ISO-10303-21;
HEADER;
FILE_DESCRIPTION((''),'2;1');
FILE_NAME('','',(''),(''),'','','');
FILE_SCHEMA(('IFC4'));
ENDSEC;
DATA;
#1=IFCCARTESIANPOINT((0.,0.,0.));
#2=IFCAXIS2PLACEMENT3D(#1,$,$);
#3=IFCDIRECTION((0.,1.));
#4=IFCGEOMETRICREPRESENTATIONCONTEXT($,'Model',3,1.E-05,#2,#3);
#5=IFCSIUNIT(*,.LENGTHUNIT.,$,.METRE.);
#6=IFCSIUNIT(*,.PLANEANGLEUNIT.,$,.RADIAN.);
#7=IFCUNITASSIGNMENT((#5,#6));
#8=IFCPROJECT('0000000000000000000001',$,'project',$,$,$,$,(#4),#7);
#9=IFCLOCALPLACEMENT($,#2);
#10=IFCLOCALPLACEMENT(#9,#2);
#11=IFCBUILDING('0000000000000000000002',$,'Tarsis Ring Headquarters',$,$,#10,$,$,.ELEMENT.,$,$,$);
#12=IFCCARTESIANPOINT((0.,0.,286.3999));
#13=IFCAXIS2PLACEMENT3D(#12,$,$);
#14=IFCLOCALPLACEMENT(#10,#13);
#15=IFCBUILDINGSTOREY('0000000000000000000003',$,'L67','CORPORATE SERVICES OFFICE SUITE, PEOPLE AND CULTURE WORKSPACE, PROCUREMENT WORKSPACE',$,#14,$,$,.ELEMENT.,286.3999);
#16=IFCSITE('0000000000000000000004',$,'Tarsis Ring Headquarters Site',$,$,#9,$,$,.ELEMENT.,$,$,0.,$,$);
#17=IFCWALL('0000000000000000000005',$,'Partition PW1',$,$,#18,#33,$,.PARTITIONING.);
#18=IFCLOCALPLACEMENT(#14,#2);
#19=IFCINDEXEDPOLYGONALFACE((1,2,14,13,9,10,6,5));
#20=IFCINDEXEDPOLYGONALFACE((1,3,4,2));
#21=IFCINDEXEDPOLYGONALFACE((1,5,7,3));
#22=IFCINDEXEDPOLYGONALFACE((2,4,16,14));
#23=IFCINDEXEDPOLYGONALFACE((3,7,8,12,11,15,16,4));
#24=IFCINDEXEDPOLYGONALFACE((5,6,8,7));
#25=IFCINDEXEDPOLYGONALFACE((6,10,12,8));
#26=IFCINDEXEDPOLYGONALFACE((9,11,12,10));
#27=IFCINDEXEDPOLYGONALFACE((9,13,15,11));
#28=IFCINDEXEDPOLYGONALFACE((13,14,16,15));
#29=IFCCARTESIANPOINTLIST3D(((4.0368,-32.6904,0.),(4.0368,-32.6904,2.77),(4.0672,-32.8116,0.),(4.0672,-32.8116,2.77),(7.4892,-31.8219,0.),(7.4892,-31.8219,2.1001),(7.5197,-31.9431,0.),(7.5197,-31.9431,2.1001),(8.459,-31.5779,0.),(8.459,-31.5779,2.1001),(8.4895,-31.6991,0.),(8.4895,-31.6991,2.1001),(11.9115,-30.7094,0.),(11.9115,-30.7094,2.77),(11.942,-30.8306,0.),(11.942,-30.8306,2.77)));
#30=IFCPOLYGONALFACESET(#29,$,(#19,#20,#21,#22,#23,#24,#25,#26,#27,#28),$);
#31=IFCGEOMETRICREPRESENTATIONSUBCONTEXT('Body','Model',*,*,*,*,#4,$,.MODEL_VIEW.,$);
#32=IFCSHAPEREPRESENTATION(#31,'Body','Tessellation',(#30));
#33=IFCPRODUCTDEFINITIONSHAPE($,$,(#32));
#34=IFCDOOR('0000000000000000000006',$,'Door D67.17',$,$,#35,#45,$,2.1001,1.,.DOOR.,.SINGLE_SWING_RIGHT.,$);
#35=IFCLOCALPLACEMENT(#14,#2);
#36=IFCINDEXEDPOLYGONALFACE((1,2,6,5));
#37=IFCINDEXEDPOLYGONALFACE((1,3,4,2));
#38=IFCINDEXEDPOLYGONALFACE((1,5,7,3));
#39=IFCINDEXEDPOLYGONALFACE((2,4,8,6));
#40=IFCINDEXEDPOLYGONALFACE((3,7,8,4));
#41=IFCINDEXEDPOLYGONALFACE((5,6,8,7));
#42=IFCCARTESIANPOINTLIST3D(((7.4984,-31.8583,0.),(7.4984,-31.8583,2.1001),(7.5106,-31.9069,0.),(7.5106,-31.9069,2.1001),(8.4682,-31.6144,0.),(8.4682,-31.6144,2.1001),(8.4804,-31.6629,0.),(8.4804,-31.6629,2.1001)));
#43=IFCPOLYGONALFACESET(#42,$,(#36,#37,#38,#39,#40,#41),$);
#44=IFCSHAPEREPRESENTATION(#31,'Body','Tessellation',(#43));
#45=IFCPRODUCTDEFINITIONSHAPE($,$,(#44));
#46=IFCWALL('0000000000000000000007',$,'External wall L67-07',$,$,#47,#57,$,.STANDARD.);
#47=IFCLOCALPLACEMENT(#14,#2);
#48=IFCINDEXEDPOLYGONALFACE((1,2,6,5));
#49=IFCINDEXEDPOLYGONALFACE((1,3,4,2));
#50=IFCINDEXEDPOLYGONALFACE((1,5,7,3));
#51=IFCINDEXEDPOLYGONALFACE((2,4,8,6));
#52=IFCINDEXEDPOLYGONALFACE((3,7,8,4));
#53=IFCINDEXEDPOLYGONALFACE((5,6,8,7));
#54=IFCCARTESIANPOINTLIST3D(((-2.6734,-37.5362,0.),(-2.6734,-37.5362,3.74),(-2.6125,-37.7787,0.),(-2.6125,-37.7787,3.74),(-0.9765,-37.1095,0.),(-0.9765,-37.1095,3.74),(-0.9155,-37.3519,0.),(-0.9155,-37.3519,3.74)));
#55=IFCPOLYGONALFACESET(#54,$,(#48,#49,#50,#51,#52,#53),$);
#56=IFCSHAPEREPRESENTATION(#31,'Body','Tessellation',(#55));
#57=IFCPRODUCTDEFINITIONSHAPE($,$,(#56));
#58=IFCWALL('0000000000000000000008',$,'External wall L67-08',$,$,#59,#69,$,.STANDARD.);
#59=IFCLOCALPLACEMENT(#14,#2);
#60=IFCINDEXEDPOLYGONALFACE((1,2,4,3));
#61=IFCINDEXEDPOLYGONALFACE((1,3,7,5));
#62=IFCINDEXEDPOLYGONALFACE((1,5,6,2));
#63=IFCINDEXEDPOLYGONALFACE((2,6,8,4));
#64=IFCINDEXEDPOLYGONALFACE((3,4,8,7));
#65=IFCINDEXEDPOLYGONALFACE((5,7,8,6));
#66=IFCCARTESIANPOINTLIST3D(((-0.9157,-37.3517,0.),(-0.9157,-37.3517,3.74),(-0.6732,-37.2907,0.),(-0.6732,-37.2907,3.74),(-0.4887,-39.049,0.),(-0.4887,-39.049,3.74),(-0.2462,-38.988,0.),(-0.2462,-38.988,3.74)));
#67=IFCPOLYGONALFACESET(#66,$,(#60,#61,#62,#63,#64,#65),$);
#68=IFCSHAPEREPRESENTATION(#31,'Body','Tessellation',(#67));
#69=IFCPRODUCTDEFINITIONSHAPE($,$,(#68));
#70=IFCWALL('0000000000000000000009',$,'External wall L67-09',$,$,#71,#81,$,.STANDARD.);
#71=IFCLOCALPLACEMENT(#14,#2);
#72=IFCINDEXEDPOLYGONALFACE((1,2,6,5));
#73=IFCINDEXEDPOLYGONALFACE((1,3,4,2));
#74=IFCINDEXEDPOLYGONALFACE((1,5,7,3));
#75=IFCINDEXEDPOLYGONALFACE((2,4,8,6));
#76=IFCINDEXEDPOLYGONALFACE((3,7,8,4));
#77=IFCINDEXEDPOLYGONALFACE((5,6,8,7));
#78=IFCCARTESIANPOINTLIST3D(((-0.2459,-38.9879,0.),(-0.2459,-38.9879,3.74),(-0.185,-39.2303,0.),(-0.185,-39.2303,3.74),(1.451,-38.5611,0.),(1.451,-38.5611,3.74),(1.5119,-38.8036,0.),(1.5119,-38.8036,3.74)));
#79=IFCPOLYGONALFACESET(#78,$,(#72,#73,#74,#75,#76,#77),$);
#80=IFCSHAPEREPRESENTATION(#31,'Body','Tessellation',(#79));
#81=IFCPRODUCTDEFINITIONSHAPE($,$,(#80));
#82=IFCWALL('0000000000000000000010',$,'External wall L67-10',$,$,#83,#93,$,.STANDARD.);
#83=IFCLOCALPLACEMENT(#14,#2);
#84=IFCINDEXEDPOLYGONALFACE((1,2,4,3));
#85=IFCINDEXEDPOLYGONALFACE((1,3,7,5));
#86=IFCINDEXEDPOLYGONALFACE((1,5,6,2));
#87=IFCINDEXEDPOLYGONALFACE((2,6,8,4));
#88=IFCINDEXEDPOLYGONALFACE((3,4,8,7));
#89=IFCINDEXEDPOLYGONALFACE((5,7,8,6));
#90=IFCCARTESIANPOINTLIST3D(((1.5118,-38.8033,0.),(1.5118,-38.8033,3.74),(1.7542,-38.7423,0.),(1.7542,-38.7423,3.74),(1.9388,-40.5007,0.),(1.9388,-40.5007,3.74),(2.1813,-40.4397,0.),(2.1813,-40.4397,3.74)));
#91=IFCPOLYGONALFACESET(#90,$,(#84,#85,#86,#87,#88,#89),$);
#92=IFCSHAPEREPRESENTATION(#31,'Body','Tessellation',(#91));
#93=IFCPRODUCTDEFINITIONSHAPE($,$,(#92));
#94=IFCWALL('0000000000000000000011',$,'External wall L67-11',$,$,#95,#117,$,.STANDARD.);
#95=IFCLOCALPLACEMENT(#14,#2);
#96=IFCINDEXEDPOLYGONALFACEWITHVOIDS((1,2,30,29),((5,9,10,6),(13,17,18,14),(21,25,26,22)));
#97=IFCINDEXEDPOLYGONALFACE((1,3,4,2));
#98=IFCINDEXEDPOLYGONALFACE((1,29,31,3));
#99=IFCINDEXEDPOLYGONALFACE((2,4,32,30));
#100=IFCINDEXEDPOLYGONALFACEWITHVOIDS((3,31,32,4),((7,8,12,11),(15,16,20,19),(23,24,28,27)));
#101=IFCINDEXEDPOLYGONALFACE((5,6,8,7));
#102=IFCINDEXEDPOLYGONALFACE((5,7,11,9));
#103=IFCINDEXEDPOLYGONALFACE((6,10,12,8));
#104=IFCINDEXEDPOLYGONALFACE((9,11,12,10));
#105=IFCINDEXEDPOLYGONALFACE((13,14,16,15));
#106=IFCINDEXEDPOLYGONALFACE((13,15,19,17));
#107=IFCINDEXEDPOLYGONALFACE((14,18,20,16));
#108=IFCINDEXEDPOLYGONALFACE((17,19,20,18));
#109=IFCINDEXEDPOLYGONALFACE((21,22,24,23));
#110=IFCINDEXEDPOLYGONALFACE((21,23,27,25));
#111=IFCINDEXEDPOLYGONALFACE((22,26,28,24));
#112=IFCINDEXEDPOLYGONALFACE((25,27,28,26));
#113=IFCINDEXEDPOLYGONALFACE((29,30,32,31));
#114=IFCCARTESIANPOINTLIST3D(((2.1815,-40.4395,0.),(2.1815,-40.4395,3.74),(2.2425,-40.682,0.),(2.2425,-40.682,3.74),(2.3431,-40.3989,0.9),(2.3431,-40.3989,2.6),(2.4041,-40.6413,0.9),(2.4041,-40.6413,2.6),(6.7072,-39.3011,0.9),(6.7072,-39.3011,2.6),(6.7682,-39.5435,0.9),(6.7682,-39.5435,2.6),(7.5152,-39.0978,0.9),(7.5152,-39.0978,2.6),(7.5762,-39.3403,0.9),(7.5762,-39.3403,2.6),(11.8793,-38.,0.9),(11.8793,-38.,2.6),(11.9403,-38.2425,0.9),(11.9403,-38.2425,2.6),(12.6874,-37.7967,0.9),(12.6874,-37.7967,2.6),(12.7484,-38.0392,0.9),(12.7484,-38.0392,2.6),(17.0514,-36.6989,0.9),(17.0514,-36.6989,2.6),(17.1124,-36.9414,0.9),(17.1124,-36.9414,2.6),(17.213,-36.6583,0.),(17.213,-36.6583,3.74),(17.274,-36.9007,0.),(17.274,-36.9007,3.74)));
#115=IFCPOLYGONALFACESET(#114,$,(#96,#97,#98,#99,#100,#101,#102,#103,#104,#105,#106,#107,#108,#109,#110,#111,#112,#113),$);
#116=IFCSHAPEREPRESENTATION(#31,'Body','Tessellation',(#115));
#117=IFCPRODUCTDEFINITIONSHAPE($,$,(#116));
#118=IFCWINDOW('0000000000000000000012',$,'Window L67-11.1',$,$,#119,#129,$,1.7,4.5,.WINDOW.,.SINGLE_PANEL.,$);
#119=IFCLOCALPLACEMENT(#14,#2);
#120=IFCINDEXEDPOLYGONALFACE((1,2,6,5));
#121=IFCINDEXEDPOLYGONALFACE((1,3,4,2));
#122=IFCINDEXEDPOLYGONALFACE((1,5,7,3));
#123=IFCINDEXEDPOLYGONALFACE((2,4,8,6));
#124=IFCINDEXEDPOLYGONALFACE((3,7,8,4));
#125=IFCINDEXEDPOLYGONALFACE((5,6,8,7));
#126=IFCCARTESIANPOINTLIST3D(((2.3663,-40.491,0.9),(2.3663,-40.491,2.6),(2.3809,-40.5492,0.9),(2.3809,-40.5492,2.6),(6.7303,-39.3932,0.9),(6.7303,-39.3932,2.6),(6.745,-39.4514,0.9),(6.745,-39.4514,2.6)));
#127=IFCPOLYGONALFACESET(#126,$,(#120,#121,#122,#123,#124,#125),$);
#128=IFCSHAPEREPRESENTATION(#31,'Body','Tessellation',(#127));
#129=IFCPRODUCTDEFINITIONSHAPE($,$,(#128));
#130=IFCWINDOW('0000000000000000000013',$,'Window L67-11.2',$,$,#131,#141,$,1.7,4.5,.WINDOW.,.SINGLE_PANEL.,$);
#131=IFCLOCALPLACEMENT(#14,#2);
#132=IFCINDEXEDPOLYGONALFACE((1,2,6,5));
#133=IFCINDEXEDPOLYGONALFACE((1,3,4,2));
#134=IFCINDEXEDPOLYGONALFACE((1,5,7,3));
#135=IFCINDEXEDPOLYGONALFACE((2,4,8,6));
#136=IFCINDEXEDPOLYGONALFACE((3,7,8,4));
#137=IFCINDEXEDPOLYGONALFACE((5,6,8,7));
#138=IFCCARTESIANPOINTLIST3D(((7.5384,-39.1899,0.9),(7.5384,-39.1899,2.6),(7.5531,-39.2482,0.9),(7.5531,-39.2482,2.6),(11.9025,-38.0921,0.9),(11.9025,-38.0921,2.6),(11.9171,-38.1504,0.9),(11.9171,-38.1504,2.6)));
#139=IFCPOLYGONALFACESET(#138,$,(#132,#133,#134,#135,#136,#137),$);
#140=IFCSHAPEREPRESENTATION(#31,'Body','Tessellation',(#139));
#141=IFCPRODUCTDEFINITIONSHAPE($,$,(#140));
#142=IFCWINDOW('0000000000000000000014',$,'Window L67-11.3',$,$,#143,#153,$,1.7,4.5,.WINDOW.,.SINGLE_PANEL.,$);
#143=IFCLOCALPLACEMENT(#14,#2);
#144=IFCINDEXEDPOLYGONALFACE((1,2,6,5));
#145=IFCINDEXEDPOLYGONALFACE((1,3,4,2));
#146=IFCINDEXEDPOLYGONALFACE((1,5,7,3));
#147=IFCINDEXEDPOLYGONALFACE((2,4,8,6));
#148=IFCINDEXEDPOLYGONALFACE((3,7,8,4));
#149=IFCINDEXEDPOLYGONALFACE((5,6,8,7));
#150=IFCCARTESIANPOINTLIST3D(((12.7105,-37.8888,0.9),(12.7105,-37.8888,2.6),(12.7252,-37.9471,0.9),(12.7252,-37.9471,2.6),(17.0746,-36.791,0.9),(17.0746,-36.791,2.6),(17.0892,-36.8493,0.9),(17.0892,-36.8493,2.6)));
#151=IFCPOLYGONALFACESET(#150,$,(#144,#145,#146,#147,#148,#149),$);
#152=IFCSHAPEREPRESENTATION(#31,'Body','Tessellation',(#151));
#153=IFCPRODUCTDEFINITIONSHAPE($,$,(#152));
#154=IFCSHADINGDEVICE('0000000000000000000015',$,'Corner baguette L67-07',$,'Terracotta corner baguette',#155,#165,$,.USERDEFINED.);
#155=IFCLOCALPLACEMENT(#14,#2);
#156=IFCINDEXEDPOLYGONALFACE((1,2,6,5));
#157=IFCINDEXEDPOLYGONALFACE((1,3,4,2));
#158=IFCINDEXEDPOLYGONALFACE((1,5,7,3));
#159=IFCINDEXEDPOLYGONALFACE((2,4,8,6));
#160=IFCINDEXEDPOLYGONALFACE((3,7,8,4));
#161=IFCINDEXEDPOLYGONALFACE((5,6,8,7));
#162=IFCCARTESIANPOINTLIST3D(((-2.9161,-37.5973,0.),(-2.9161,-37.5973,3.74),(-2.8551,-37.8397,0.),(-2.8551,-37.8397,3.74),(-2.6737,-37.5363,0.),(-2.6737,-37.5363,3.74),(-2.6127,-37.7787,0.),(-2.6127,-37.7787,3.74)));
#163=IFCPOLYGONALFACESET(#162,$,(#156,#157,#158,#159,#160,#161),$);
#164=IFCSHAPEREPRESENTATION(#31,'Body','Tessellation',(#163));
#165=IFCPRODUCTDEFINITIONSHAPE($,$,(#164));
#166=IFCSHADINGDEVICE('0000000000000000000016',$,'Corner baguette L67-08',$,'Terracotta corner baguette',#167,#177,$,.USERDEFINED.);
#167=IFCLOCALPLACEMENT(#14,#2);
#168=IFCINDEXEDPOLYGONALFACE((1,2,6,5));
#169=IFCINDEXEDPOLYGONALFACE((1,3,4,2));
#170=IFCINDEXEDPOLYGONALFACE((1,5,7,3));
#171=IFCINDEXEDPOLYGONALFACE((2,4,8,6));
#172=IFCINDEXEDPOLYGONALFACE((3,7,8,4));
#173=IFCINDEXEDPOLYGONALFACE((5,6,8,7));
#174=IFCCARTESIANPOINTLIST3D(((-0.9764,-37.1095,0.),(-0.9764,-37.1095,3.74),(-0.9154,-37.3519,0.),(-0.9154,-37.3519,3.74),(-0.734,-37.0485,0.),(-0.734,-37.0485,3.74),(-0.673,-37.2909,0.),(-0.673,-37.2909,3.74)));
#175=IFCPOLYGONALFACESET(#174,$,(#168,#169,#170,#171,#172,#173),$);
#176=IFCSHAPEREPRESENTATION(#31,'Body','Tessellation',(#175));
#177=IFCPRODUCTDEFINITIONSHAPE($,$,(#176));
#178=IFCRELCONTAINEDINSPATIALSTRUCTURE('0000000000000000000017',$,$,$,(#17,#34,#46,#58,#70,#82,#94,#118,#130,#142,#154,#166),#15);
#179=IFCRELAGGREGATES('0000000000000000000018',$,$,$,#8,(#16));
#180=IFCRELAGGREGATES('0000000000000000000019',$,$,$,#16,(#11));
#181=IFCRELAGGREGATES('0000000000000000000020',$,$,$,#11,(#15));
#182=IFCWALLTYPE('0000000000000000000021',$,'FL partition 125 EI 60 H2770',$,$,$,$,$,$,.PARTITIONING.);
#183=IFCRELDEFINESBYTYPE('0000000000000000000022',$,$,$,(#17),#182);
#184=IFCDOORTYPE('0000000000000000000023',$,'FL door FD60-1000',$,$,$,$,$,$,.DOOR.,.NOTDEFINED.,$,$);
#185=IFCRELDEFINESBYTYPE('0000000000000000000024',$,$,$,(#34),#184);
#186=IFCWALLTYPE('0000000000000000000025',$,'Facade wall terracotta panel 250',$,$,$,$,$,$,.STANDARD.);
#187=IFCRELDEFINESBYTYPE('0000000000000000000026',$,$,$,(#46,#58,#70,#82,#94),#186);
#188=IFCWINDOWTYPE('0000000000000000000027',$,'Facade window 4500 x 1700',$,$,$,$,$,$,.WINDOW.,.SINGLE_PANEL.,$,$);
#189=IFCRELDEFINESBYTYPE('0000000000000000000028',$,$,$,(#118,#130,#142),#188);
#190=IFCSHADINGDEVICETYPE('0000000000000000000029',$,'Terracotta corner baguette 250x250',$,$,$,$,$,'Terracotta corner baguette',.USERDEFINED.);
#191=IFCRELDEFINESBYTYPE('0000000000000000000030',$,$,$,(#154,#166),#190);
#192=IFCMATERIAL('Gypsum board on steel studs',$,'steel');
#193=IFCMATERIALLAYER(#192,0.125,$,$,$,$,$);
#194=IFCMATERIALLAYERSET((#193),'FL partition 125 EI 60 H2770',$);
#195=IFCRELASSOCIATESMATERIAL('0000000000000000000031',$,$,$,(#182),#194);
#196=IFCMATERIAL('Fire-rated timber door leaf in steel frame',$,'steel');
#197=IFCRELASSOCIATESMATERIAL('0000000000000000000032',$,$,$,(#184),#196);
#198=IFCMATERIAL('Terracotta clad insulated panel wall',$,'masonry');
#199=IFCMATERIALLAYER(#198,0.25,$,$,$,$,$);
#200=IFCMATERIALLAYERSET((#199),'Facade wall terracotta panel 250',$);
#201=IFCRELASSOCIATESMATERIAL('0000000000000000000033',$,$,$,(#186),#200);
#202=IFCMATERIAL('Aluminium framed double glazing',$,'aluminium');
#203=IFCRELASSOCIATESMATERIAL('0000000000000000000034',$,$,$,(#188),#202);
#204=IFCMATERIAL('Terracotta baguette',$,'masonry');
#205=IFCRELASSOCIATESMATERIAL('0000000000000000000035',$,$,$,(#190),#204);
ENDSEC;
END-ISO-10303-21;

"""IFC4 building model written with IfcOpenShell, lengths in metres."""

from ifc_helpers import new_model, si_unit, direction, frame, frame_2d, origin, origin_2d, place, context, subcontext, project, spatial, rectangle, extrude, material, layer, layer_set, type_object, element, fill, save


model = new_model("IFC4")

# Units and contexts
model_context = context("Model", 3, precision=1e-05, world=origin(), true_north=direction((0.0, 1.0)))
body_context = subcontext(model_context, "Body", "Model", "MODEL_VIEW")
ifc_project = project(units=[si_unit("LENGTHUNIT", "METRE"), si_unit("PLANEANGLEUNIT", "RADIAN")], contexts=[model_context])

# Site, building, storey
site_placement = place(None, origin())
site = spatial("IfcSite", under=ifc_project, at=site_placement, Name="Tarsis Ring Headquarters Site", CompositionType="ELEMENT", RefElevation=0.0)
building_placement = place(site_placement, origin())
building = spatial("IfcBuilding", under=site, at=building_placement, Name="Tarsis Ring Headquarters", CompositionType="ELEMENT")
storey_placement = place(building_placement, frame((0.0, 0.0, 286.3999)))
storey = spatial("IfcBuildingStorey", under=building, at=storey_placement, Name="L67", Description="CORPORATE SERVICES OFFICE SUITE, PEOPLE AND CULTURE WORKSPACE, PROCUREMENT WORKSPACE", CompositionType="ELEMENT", Elevation=286.3999)

# Shared definitions
ifc_material_1 = material(Name="Gypsum board on steel studs", Category="steel")

# Shared definitions
ifc_layer_1 = layer(ifc_material_1, 0.125)
ifc_layer_set_1 = layer_set([ifc_layer_1], Name="FL partition 125 EI 60 H2770")
wall_type_1 = type_object("IfcWallType", Name="FL partition 125 EI 60 H2770", PredefinedType="PARTITIONING", material=ifc_layer_set_1)
ifc_material_2 = material(Name="Fire-rated timber door leaf in steel frame", Category="steel")
door_type = type_object("IfcDoorType", Name="FL door FD60-1000", OperationType="NOTDEFINED", PredefinedType="DOOR", material=ifc_material_2)

# Wall, opening, door
wall_1_placement = place(storey_placement, frame((4.052, -32.751, 0.0), z_axis=(0.0, 0.0, 1.0), x_axis=(0.969786, 0.243957, 0.0)))
wall_1 = element("IfcWall", 1, at=wall_1_placement, inside=storey, type_object=wall_type_1, Name="Partition PW1", PredefinedType="PARTITIONING", context=body_context, shape_type="SweptSolid", body=[
    extrude(rectangle(XDim=8.1201, YDim=0.125, at=frame_2d((4.0601, 0.0))), origin(), (0.0, 0.0, 1.0), 2.77),
])
opening_1_placement = place(wall_1_placement, frame((3.5601, 0.0, 0.0)))
opening_1 = element("IfcOpeningElement", 2, at=opening_1_placement, cuts=wall_1, PredefinedType="OPENING", context=body_context, shape_type="SweptSolid", body=[
    extrude(rectangle(XDim=1.0, YDim=2.1001, at=frame_2d((0.5, 1.05))), frame((0.0, 0.0725, 0.0), z_axis=(0.0, -1.0, 0.0), x_axis=(1.0, 0.0, 0.0)), (0.0, 0.0, 1.0), 0.145),
])
door_1_placement = place(opening_1_placement, origin())
door_1 = element("IfcDoor", 3, at=door_1_placement, inside=storey, type_object=door_type, Name="Door D67.17", OperationType="SINGLE_SWING_RIGHT", OverallHeight=2.1001, OverallWidth=1.0, PredefinedType="DOOR", context=body_context, shape_type="SweptSolid", body=[
    extrude(rectangle(XDim=1.0, YDim=2.1001, at=frame_2d((0.5, 1.05))), frame((0.0, 0.0249, 0.0), z_axis=(0.0, -1.0, 0.0), x_axis=(1.0, 0.0, 0.0)), (0.0, 0.0, 1.0), 0.05),
])
fill(opening_1, door_1)

# Walls
ifc_material_3 = material(Name="Terracotta clad insulated panel wall", Category="masonry")
ifc_layer_2 = layer(ifc_material_3, 0.25)
ifc_layer_set_2 = layer_set([ifc_layer_2], Name="Facade wall terracotta panel 250")
wall_type_2 = type_object("IfcWallType", Name="Facade wall terracotta panel 250", PredefinedType="STANDARD", material=ifc_layer_set_2)
wall_2_placement = place(storey_placement, frame((-2.6431, -37.6575, 0.0), z_axis=(0.0, 0.0, 1.0), x_axis=(0.969805, 0.243881, 0.0)))
element("IfcWall", 4, at=wall_2_placement, inside=storey, type_object=wall_type_2, Name="External wall L67-07", PredefinedType="STANDARD", context=body_context, shape_type="SweptSolid", body=[
    extrude(rectangle(XDim=1.7498, YDim=0.25, at=frame_2d((0.875, 0.0))), origin(), (0.0, 0.0, 1.0), 3.74),
])
wall_3_placement = place(storey_placement, frame((-0.7944, -37.3213, 0.0), z_axis=(0.0, 0.0, 1.0), x_axis=(0.24398, -0.96978, 0.0)))
element("IfcWall", 5, at=wall_3_placement, inside=storey, type_object=wall_type_2, Name="External wall L67-08", PredefinedType="STANDARD", context=body_context, shape_type="SweptSolid", body=[
    extrude(rectangle(XDim=1.7502, YDim=0.25, at=frame_2d((0.875, 0.0))), origin(), (0.0, 0.0, 1.0), 3.74),
])
wall_4_placement = place(storey_placement, frame((-0.2156, -39.1091, 0.0), z_axis=(0.0, 0.0, 1.0), x_axis=(0.969805, 0.243881, 0.0)))
element("IfcWall", 6, at=wall_4_placement, inside=storey, type_object=wall_type_2, Name="External wall L67-09", PredefinedType="STANDARD", context=body_context, shape_type="SweptSolid", body=[
    extrude(rectangle(XDim=1.7498, YDim=0.25, at=frame_2d((0.875, 0.0))), origin(), (0.0, 0.0, 1.0), 3.74),
])
wall_5_placement = place(storey_placement, frame((1.6331, -38.7729, 0.0), z_axis=(0.0, 0.0, 1.0), x_axis=(0.24398, -0.96978, 0.0)))
element("IfcWall", 7, at=wall_5_placement, inside=storey, type_object=wall_type_2, Name="External wall L67-10", PredefinedType="STANDARD", context=body_context, shape_type="SweptSolid", body=[
    extrude(rectangle(XDim=1.7502, YDim=0.25, at=frame_2d((0.875, 0.0))), origin(), (0.0, 0.0, 1.0), 3.74),
])

# Wall, openings, windows
wall_6_placement = place(storey_placement, frame((2.2119, -40.5608, 0.0), z_axis=(0.0, 0.0, 1.0), x_axis=(0.969787, 0.243955, 0.0)))
wall_6 = element("IfcWall", 8, at=wall_6_placement, inside=storey, type_object=wall_type_2, Name="External wall L67-11", PredefinedType="STANDARD", context=body_context, shape_type="SweptSolid", body=[
    extrude(rectangle(XDim=15.4998, YDim=0.25, at=frame_2d((7.75, 0.0))), origin(), (0.0, 0.0, 1.0), 3.74),
])
opening_2_placement = place(wall_6_placement, frame((0.1667, 0.0, 0.8999)))
opening_2 = element("IfcOpeningElement", 9, at=opening_2_placement, cuts=wall_6, PredefinedType="OPENING", context=body_context, shape_type="SweptSolid", body=[
    extrude(rectangle(XDim=4.5, YDim=1.7, at=frame_2d((2.25, 0.8501))), frame((0.0, 0.135, 0.0), z_axis=(0.0, -1.0, 0.0), x_axis=(1.0, 0.0, 0.0)), (0.0, 0.0, 1.0), 0.27),
])
opening_3_placement = place(wall_6_placement, frame((5.5, 0.0, 0.8999)))
opening_3 = element("IfcOpeningElement", 10, at=opening_3_placement, cuts=wall_6, PredefinedType="OPENING", context=body_context, shape_type="SweptSolid", body=[
    extrude(rectangle(XDim=4.5, YDim=1.7, at=frame_2d((2.25, 0.8501))), frame((0.0, 0.135, 0.0), z_axis=(0.0, -1.0, 0.0), x_axis=(1.0, 0.0, 0.0)), (0.0, 0.0, 1.0), 0.27),
])
opening_4_placement = place(wall_6_placement, frame((10.8333, 0.0, 0.8999)))
opening_4 = element("IfcOpeningElement", 11, at=opening_4_placement, cuts=wall_6, PredefinedType="OPENING", context=body_context, shape_type="SweptSolid", body=[
    extrude(rectangle(XDim=4.5, YDim=1.7, at=frame_2d((2.25, 0.8501))), frame((0.0, 0.135, 0.0), z_axis=(0.0, -1.0, 0.0), x_axis=(1.0, 0.0, 0.0)), (0.0, 0.0, 1.0), 0.27),
])
ifc_material_4 = material(Name="Aluminium framed double glazing", Category="aluminium")
window_type = type_object("IfcWindowType", Name="Facade window 4500 x 1700", PartitioningType="SINGLE_PANEL", PredefinedType="WINDOW", material=ifc_material_4)
window_1_placement = place(opening_2_placement, origin())
window_1 = element("IfcWindow", 12, at=window_1_placement, inside=storey, type_object=window_type, Name="Window L67-11.1", OverallHeight=1.7, OverallWidth=4.5, PartitioningType="SINGLE_PANEL", PredefinedType="WINDOW", context=body_context, shape_type="SweptSolid", body=[
    extrude(rectangle(XDim=4.5, YDim=1.7, at=frame_2d((2.25, 0.8501))), frame((0.0, 0.03, 0.0), z_axis=(0.0, -1.0, 0.0), x_axis=(1.0, 0.0, 0.0)), (0.0, 0.0, 1.0), 0.0601),
])
fill(opening_2, window_1)
window_2_placement = place(opening_3_placement, origin())
window_2 = element("IfcWindow", 13, at=window_2_placement, inside=storey, type_object=window_type, Name="Window L67-11.2", OverallHeight=1.7, OverallWidth=4.5, PartitioningType="SINGLE_PANEL", PredefinedType="WINDOW", context=body_context, shape_type="SweptSolid", body=[
    extrude(rectangle(XDim=4.5, YDim=1.7, at=frame_2d((2.25, 0.8501))), frame((0.0, 0.03, 0.0), z_axis=(0.0, -1.0, 0.0), x_axis=(1.0, 0.0, 0.0)), (0.0, 0.0, 1.0), 0.0601),
])
fill(opening_3, window_2)
window_3_placement = place(opening_4_placement, origin())
window_3 = element("IfcWindow", 14, at=window_3_placement, inside=storey, type_object=window_type, Name="Window L67-11.3", OverallHeight=1.7, OverallWidth=4.5, PartitioningType="SINGLE_PANEL", PredefinedType="WINDOW", context=body_context, shape_type="SweptSolid", body=[
    extrude(rectangle(XDim=4.5, YDim=1.7, at=frame_2d((2.25, 0.8501))), frame((0.0, 0.03, 0.0), z_axis=(0.0, -1.0, 0.0), x_axis=(1.0, 0.0, 0.0)), (0.0, 0.0, 1.0), 0.0601),
])
fill(opening_4, window_3)

# Shading devices
ifc_material_5 = material(Name="Terracotta baguette", Category="masonry")
shading_device_type_1 = type_object("IfcShadingDeviceType", Name="Terracotta corner baguette 250x250", ElementType="Terracotta corner baguette", PredefinedType="USERDEFINED", material=ifc_material_5)
for number, where, z_axis, x_axis, name in (
    (15, (-2.7644, -37.688, 0.0), (0.0, 0.0, 1.0), (0.243954, -0.969787, 0.0), "Corner baguette L67-07"),
    (16, (-0.8247, -37.2002, 0.0), (0.0, 0.0, 1.0), (0.969787, 0.243953, 0.0), "Corner baguette L67-08"),
):
    element("IfcShadingDevice", number, at=place(storey_placement, frame(where, z_axis=z_axis, x_axis=x_axis)), inside=storey, type_object=shading_device_type_1, Name=name, ObjectType="Terracotta corner baguette", PredefinedType="USERDEFINED", context=body_context, shape_type="SweptSolid", body=[
        extrude(rectangle(XDim=0.25, YDim=0.25, at=origin_2d()), origin(), (0.0, 0.0, 1.0), 3.74),
    ])

save(model, "model.ifc")
